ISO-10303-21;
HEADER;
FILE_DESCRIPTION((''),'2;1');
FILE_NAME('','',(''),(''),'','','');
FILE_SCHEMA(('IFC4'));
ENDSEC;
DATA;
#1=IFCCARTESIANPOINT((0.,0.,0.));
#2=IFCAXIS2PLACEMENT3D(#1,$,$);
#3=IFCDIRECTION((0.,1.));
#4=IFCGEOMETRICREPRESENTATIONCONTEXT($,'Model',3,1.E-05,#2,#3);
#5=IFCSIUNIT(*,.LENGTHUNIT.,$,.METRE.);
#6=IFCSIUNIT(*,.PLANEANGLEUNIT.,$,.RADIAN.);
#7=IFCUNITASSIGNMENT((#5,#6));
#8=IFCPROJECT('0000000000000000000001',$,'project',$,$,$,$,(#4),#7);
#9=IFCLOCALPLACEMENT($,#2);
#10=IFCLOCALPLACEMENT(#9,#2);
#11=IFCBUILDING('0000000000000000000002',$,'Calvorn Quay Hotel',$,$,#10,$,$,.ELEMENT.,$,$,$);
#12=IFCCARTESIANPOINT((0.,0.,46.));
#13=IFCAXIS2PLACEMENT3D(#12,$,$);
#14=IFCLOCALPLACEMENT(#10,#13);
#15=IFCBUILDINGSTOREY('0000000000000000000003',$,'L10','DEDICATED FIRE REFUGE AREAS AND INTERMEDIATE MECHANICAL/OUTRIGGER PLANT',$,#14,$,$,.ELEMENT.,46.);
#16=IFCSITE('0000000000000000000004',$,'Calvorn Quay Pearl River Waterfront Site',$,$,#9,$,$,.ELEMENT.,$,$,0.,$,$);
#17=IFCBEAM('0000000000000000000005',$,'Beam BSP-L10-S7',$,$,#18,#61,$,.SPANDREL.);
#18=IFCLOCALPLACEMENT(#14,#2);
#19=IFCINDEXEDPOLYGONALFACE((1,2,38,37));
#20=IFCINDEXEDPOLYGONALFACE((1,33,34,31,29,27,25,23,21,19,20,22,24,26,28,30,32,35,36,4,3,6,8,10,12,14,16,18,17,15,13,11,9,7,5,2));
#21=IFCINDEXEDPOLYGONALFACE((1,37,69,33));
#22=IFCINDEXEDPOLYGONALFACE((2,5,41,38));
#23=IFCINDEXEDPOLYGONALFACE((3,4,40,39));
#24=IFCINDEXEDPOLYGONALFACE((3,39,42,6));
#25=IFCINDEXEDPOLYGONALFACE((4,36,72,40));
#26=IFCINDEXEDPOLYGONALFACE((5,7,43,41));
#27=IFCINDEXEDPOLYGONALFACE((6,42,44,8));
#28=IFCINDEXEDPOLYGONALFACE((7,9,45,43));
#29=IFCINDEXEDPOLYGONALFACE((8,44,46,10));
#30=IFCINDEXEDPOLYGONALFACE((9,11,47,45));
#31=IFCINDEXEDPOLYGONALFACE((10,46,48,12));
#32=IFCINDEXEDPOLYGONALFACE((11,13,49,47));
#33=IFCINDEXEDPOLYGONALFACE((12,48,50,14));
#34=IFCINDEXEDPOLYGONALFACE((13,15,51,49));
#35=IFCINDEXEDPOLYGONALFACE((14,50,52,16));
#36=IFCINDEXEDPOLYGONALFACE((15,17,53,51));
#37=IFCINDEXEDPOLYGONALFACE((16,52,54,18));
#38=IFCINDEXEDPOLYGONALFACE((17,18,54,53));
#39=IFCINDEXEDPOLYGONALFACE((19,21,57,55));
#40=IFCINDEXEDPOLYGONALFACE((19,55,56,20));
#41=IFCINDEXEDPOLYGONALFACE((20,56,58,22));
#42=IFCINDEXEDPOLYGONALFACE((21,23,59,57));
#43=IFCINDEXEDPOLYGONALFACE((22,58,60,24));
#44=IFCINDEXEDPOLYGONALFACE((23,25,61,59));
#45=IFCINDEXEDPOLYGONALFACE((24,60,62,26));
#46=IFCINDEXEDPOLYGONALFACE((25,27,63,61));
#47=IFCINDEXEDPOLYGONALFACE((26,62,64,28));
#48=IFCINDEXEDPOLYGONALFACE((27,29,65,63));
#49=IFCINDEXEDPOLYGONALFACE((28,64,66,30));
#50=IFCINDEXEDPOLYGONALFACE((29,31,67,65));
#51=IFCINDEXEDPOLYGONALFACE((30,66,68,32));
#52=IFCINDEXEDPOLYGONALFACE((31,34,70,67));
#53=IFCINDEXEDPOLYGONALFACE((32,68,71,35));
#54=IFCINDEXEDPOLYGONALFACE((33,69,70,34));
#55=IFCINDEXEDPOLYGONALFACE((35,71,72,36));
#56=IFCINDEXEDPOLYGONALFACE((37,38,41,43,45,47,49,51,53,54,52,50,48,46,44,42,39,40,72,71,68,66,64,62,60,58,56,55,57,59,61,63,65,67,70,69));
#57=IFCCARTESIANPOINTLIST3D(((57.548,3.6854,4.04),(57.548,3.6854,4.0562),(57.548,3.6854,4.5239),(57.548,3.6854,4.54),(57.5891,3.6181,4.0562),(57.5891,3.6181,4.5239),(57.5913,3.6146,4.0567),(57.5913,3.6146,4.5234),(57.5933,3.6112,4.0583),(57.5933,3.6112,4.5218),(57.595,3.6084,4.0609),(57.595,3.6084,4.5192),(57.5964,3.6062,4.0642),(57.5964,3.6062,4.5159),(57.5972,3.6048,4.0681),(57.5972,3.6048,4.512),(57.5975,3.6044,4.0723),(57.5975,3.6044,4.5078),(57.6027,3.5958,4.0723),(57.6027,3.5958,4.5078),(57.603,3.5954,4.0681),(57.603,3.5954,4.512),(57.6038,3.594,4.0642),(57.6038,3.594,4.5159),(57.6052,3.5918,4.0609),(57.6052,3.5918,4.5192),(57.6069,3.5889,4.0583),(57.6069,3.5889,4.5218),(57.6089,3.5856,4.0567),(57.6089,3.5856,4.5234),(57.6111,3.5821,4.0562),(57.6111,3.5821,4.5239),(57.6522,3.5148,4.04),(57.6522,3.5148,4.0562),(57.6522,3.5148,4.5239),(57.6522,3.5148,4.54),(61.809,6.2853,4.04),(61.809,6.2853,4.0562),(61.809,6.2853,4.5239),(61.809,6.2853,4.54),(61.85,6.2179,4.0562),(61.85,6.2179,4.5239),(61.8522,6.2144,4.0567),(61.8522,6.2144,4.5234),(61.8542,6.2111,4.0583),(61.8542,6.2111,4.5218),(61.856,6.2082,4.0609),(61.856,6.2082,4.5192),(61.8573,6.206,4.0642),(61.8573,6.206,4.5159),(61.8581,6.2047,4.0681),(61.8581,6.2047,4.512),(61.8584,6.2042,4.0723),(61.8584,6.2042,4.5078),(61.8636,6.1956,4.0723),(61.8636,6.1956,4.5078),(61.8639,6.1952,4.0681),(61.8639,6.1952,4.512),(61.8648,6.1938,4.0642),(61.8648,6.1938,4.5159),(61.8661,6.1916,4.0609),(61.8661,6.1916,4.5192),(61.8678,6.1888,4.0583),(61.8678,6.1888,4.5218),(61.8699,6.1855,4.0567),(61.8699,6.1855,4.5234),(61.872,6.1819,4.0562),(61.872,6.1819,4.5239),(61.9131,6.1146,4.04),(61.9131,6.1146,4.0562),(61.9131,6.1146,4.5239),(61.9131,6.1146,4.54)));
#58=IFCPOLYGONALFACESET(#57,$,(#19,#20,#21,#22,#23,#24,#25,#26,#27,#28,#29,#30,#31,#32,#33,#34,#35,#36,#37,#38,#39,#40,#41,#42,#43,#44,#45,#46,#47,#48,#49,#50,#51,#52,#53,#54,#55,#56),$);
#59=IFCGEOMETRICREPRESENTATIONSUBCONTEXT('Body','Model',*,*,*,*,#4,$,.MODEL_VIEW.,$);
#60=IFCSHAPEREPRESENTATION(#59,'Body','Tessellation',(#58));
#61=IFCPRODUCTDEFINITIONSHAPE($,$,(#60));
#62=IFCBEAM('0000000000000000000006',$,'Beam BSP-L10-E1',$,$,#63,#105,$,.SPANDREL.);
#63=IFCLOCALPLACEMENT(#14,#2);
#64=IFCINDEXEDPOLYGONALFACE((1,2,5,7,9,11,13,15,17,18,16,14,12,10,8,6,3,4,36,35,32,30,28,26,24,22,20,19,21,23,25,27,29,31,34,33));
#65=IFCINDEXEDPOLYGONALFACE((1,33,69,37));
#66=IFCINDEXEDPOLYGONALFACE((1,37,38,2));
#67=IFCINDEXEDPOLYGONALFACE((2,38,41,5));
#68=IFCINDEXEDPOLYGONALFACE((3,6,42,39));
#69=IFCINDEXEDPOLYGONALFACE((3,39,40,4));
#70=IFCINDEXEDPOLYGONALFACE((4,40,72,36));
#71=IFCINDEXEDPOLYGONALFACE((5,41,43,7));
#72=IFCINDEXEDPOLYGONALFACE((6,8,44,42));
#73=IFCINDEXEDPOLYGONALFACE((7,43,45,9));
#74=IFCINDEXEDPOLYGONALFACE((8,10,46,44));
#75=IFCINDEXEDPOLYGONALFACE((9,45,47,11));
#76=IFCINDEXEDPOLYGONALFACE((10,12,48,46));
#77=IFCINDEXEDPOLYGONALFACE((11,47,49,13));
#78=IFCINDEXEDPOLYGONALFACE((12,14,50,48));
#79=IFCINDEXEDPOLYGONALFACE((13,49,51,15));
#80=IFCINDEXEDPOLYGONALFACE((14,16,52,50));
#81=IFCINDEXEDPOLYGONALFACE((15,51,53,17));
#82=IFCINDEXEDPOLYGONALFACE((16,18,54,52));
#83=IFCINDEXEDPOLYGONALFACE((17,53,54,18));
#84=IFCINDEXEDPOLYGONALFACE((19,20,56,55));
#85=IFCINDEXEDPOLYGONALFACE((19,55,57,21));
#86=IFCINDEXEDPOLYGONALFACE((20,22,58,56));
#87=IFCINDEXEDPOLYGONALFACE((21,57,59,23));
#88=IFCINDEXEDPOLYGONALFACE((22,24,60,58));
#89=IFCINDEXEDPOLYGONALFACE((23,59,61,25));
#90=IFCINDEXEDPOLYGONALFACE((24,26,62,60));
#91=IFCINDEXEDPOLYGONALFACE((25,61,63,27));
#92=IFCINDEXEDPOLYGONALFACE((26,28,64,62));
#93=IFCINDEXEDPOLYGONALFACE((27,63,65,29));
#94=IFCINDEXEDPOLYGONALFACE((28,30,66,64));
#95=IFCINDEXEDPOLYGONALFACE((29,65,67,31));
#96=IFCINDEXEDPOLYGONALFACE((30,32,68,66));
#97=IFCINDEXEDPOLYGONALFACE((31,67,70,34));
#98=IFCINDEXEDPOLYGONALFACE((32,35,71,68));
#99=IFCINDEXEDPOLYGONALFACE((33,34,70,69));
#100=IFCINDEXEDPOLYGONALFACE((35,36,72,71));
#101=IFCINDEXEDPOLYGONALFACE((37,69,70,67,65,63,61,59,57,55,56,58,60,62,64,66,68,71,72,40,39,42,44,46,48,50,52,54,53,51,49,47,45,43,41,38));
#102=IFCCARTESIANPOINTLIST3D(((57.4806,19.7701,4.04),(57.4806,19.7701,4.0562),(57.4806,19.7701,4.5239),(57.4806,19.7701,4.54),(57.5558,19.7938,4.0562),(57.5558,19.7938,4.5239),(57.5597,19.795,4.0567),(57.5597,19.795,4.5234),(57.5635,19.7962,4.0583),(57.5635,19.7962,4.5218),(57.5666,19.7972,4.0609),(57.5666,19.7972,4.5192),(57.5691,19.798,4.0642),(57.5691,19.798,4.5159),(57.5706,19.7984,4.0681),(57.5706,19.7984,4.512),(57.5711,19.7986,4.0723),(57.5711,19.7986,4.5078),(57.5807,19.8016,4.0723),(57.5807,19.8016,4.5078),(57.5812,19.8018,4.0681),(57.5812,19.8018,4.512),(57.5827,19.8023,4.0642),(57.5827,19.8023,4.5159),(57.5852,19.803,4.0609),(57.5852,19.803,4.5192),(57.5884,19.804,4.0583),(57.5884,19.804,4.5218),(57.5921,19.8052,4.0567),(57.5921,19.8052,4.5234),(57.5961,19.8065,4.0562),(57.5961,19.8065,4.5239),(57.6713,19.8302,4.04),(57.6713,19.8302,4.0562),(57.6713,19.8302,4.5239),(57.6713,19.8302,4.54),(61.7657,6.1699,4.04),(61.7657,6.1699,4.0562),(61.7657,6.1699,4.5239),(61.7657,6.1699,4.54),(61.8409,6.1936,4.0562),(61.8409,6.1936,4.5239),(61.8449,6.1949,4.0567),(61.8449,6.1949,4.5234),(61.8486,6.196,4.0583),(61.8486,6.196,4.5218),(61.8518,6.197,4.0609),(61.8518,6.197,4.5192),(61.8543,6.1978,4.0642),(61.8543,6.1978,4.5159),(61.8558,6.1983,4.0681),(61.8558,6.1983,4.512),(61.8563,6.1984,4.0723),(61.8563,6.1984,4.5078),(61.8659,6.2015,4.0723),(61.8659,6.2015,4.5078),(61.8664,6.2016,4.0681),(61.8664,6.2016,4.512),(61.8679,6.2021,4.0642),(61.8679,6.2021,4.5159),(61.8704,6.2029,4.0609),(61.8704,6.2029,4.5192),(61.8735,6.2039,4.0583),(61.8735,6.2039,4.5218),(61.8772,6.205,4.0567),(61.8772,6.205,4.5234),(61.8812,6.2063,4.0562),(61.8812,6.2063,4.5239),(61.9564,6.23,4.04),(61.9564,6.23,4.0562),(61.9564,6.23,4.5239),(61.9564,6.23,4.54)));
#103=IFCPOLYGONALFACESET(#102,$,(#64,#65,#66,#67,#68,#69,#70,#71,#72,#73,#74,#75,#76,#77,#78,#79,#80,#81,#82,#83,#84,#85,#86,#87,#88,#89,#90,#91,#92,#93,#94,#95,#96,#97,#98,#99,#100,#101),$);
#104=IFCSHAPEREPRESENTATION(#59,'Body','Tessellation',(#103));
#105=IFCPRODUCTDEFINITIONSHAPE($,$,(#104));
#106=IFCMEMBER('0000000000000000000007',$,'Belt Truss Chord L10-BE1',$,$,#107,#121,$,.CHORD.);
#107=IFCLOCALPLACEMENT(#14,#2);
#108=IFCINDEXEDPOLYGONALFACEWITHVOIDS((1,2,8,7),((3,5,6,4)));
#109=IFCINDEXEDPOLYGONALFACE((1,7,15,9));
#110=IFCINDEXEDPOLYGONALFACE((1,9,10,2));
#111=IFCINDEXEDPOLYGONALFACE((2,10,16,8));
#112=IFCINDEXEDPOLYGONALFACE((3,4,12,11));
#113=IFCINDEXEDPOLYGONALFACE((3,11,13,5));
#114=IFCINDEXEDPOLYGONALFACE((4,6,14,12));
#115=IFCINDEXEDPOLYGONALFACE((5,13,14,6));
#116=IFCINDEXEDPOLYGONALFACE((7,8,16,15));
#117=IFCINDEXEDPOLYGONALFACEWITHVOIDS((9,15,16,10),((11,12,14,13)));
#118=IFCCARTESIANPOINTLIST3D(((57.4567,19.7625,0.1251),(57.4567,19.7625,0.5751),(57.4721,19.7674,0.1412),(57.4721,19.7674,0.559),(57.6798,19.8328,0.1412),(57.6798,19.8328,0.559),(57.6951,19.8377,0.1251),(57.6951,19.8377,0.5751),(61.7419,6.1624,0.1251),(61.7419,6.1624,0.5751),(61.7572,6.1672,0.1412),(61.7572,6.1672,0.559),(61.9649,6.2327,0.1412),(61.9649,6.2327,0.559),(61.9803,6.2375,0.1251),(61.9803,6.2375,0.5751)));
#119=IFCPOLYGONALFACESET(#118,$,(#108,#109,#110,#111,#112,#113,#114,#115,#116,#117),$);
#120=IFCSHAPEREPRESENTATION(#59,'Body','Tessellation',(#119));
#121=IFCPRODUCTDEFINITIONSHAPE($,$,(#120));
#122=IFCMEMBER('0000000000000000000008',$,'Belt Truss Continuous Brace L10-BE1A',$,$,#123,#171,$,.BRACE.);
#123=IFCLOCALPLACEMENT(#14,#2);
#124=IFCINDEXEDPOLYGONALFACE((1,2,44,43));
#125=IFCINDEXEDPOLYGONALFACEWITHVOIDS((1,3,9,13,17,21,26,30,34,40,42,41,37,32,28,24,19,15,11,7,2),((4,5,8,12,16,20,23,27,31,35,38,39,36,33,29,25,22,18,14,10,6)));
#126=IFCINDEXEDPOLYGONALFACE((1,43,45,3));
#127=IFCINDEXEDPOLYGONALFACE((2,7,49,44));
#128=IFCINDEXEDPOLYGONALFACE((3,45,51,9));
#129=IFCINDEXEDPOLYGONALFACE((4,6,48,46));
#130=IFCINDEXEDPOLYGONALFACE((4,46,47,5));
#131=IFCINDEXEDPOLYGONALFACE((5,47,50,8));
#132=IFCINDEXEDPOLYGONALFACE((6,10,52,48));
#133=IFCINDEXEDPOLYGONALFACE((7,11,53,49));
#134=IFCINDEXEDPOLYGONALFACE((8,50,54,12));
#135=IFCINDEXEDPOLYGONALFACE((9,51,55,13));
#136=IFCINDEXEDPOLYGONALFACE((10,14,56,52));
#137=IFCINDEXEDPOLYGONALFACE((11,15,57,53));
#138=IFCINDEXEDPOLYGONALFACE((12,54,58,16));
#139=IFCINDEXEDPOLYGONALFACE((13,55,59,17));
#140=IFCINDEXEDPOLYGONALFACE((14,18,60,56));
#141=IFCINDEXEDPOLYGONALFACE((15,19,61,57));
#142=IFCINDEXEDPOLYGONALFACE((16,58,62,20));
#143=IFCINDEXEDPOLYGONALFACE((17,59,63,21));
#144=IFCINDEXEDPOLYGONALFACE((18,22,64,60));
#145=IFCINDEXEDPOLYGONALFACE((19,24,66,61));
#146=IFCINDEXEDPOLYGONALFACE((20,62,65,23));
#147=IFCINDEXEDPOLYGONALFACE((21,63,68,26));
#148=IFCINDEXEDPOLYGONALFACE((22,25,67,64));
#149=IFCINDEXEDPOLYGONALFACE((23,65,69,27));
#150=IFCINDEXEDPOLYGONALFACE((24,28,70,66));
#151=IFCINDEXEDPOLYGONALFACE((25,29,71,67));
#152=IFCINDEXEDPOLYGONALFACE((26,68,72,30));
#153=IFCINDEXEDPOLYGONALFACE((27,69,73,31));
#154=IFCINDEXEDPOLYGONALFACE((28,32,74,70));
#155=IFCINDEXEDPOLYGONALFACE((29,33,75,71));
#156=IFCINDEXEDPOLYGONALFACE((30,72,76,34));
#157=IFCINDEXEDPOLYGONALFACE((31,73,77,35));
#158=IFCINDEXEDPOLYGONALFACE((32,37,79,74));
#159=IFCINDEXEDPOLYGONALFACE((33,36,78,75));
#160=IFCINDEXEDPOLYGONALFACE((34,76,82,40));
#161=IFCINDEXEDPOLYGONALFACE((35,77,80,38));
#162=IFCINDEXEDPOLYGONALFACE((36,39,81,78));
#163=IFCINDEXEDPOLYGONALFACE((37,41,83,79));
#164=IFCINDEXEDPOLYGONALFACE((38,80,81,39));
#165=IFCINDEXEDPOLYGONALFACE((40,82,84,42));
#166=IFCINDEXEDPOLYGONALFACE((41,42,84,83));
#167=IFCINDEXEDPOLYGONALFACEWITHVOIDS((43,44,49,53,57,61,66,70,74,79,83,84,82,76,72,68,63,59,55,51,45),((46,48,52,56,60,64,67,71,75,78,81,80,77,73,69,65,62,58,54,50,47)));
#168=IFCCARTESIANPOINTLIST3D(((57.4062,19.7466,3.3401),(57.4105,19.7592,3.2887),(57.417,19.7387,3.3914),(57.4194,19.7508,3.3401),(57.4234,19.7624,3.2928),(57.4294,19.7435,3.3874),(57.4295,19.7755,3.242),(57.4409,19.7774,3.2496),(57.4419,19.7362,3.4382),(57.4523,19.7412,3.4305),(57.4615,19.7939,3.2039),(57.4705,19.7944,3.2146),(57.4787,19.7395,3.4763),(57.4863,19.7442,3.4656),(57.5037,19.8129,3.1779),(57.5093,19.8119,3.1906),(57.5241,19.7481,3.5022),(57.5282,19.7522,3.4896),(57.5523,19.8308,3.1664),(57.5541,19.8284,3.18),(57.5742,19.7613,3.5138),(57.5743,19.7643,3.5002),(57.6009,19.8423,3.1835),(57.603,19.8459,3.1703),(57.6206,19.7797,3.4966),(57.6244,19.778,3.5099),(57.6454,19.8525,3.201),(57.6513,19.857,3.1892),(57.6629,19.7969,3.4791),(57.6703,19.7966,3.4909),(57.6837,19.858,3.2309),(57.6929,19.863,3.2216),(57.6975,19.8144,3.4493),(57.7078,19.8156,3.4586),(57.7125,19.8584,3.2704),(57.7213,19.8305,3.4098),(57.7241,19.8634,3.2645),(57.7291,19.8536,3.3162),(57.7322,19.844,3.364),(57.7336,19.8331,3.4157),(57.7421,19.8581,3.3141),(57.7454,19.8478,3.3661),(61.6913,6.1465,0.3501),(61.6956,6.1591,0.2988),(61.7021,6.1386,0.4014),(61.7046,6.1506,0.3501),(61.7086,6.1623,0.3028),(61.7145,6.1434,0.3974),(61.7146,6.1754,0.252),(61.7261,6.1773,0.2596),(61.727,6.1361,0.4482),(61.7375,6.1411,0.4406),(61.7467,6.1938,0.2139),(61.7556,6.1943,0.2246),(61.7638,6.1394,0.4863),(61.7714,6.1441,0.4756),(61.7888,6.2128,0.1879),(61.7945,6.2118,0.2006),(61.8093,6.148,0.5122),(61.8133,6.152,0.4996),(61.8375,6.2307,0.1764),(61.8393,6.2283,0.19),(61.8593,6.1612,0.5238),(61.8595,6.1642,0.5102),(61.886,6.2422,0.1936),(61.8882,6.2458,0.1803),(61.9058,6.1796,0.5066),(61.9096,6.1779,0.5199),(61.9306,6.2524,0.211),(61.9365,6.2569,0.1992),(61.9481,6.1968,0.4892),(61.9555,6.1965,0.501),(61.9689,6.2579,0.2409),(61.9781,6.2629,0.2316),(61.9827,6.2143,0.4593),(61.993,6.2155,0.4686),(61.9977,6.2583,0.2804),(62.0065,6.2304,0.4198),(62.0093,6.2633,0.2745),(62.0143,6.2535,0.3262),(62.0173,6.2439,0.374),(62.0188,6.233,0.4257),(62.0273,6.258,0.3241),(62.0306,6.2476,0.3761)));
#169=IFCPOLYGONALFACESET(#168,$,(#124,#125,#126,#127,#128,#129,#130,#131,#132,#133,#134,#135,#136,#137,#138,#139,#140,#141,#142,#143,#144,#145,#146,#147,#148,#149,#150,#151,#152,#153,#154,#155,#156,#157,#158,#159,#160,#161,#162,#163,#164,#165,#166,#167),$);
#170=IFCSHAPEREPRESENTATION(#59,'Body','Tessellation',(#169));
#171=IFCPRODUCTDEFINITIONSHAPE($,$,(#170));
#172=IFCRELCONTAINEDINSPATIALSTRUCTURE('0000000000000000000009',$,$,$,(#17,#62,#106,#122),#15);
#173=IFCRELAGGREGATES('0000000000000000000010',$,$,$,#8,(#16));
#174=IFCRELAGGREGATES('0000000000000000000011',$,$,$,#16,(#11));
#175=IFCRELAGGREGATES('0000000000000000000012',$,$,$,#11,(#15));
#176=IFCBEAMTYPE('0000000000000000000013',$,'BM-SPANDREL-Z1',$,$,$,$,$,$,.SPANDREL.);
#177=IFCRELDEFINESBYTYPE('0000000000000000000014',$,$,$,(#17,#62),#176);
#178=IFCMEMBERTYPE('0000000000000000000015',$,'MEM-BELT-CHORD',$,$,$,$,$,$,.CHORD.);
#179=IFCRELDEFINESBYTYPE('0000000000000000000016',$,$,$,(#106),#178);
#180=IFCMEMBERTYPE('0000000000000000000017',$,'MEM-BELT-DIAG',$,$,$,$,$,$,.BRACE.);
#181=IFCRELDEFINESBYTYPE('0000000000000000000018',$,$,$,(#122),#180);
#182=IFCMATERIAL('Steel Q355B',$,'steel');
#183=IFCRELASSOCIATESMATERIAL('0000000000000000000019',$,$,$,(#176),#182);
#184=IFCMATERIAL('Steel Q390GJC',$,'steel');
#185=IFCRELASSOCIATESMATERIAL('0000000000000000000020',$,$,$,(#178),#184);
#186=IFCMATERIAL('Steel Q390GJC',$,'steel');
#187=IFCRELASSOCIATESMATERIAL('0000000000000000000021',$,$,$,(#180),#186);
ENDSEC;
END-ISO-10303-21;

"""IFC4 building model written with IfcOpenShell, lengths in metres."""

from ifc_helpers import new_model, si_unit, direction, frame, origin, origin_2d, place, context, subcontext, project, spatial, hollow_rectangle, hollow_circle, i_section, extrude, material, material_profile, profile_set, type_object, element, save


model = new_model("IFC4")

# Units and contexts
model_context = context("Model", 3, precision=1e-05, world=origin(), true_north=direction((0.0, 1.0)))
body_context = subcontext(model_context, "Body", "Model", "MODEL_VIEW")
ifc_project = project(units=[si_unit("LENGTHUNIT", "METRE"), si_unit("PLANEANGLEUNIT", "RADIAN")], contexts=[model_context])

# Site, building, storey
site_placement = place(None, origin())
site = spatial("IfcSite", under=ifc_project, at=site_placement, Name="Calvorn Quay Pearl River Waterfront Site", CompositionType="ELEMENT", RefElevation=0.0)
building_placement = place(site_placement, origin())
building = spatial("IfcBuilding", under=site, at=building_placement, Name="Calvorn Quay Hotel", CompositionType="ELEMENT")
storey_placement = place(building_placement, frame((0.0, 0.0, 46.0)))
storey = spatial("IfcBuildingStorey", under=building, at=storey_placement, Name="L10", Description="DEDICATED FIRE REFUGE AREAS AND INTERMEDIATE MECHANICAL/OUTRIGGER PLANT", CompositionType="ELEMENT", Elevation=46.0)

# Beams
ifc_material_1 = material(Name="Steel Q355B", Category="steel")
ifc_material_profile_1 = material_profile(ifc_material_1, i_section(OverallWidth=0.2, OverallDepth=0.5, WebThickness=0.01, FlangeThickness=0.0161, FilletRadius=0.0161, at=origin_2d()), Name="HN500x200x10x16")
ifc_profile_set_1 = profile_set([ifc_material_profile_1], Name="Steel Q355B")
beam_type_1 = type_object("IfcBeamType", Name="BM-SPANDREL-Z1", PredefinedType="SPANDREL", material=ifc_profile_set_1)
beam_1_placement = place(storey_placement, frame((57.6001, 3.6001, 4.29), z_axis=(0.853646, 0.520854, 0.0), x_axis=(-0.520854, 0.853646, 0.0)))
element("IfcBeam", 1, at=beam_1_placement, inside=storey, type_object=beam_type_1, Name="Beam BSP-L10-S7", PredefinedType="SPANDREL", context=body_context, shape_type="SweptSolid", body=[
    extrude(i_section(OverallWidth=0.2, OverallDepth=0.5, WebThickness=0.01, FlangeThickness=0.0161, FilletRadius=0.0161, at=origin_2d()), origin(), (0.0, 0.0, 1.0), 4.9915),
])
beam_2_placement = place(storey_placement, frame((61.8611, 6.2, 4.29), z_axis=(-0.300518, 0.953776, 0.0), x_axis=(-0.953776, -0.300518, 0.0)))
element("IfcBeam", 2, at=beam_2_placement, inside=storey, type_object=beam_type_1, Name="Beam BSP-L10-E1", PredefinedType="SPANDREL", context=body_context, shape_type="SweptSolid", body=[
    extrude(i_section(OverallWidth=0.2, OverallDepth=0.5, WebThickness=0.01, FlangeThickness=0.0161, FilletRadius=0.0161, at=origin_2d()), origin(), (0.0, 0.0, 1.0), 14.2593),
])

# Members
ifc_material_2 = material(Name="Steel Q390GJC", Category="steel")
ifc_material_profile_2 = material_profile(ifc_material_2, hollow_rectangle(XDim=0.25, YDim=0.45, WallThickness=0.0161, at=origin_2d()), Name="RHS450x250x16")
ifc_profile_set_2 = profile_set([ifc_material_profile_2], Name="Steel Q390GJC")
member_type_1 = type_object("IfcMemberType", Name="MEM-BELT-CHORD", PredefinedType="CHORD", material=ifc_profile_set_2)
member_1_placement = place(storey_placement, frame((61.8611, 6.2, 0.3501), z_axis=(-0.300518, 0.953776, 0.0), x_axis=(-0.953776, -0.300518, 0.0)))
element("IfcMember", 3, at=member_1_placement, inside=storey, type_object=member_type_1, Name="Belt Truss Chord L10-BE1", PredefinedType="CHORD", context=body_context, shape_type="SweptSolid", body=[
    extrude(hollow_rectangle(XDim=0.25, YDim=0.45, WallThickness=0.0161, at=origin_2d()), origin(), (0.0, 0.0, 1.0), 14.2593),
])
ifc_material_3 = material(Name="Steel Q390GJC", Category="steel")
ifc_material_profile_3 = material_profile(ifc_material_3, hollow_circle(Radius=0.178, WallThickness=0.0139, at=origin_2d()), Name="CHS356x14")
ifc_profile_set_3 = profile_set([ifc_material_profile_3], Name="Steel Q390GJC")
member_type_2 = type_object("IfcMemberType", Name="MEM-BELT-DIAG", PredefinedType="BRACE", material=ifc_profile_set_3)
member_2_placement = place(storey_placement, frame((61.8611, 6.2, 0.3501), z_axis=(-0.294122, 0.933475, 0.205225), x_axis=(-0.953776, -0.300518, 0.0)))
element("IfcMember", 4, at=member_2_placement, inside=storey, type_object=member_type_2, Name="Belt Truss Continuous Brace L10-BE1A", PredefinedType="BRACE", context=body_context, shape_type="SweptSolid", body=[
    extrude(hollow_circle(Radius=0.178, WallThickness=0.0139, at=origin_2d()), origin(), (0.0, 0.0, 1.0), 14.5693),
])

save(model, "model.ifc")
